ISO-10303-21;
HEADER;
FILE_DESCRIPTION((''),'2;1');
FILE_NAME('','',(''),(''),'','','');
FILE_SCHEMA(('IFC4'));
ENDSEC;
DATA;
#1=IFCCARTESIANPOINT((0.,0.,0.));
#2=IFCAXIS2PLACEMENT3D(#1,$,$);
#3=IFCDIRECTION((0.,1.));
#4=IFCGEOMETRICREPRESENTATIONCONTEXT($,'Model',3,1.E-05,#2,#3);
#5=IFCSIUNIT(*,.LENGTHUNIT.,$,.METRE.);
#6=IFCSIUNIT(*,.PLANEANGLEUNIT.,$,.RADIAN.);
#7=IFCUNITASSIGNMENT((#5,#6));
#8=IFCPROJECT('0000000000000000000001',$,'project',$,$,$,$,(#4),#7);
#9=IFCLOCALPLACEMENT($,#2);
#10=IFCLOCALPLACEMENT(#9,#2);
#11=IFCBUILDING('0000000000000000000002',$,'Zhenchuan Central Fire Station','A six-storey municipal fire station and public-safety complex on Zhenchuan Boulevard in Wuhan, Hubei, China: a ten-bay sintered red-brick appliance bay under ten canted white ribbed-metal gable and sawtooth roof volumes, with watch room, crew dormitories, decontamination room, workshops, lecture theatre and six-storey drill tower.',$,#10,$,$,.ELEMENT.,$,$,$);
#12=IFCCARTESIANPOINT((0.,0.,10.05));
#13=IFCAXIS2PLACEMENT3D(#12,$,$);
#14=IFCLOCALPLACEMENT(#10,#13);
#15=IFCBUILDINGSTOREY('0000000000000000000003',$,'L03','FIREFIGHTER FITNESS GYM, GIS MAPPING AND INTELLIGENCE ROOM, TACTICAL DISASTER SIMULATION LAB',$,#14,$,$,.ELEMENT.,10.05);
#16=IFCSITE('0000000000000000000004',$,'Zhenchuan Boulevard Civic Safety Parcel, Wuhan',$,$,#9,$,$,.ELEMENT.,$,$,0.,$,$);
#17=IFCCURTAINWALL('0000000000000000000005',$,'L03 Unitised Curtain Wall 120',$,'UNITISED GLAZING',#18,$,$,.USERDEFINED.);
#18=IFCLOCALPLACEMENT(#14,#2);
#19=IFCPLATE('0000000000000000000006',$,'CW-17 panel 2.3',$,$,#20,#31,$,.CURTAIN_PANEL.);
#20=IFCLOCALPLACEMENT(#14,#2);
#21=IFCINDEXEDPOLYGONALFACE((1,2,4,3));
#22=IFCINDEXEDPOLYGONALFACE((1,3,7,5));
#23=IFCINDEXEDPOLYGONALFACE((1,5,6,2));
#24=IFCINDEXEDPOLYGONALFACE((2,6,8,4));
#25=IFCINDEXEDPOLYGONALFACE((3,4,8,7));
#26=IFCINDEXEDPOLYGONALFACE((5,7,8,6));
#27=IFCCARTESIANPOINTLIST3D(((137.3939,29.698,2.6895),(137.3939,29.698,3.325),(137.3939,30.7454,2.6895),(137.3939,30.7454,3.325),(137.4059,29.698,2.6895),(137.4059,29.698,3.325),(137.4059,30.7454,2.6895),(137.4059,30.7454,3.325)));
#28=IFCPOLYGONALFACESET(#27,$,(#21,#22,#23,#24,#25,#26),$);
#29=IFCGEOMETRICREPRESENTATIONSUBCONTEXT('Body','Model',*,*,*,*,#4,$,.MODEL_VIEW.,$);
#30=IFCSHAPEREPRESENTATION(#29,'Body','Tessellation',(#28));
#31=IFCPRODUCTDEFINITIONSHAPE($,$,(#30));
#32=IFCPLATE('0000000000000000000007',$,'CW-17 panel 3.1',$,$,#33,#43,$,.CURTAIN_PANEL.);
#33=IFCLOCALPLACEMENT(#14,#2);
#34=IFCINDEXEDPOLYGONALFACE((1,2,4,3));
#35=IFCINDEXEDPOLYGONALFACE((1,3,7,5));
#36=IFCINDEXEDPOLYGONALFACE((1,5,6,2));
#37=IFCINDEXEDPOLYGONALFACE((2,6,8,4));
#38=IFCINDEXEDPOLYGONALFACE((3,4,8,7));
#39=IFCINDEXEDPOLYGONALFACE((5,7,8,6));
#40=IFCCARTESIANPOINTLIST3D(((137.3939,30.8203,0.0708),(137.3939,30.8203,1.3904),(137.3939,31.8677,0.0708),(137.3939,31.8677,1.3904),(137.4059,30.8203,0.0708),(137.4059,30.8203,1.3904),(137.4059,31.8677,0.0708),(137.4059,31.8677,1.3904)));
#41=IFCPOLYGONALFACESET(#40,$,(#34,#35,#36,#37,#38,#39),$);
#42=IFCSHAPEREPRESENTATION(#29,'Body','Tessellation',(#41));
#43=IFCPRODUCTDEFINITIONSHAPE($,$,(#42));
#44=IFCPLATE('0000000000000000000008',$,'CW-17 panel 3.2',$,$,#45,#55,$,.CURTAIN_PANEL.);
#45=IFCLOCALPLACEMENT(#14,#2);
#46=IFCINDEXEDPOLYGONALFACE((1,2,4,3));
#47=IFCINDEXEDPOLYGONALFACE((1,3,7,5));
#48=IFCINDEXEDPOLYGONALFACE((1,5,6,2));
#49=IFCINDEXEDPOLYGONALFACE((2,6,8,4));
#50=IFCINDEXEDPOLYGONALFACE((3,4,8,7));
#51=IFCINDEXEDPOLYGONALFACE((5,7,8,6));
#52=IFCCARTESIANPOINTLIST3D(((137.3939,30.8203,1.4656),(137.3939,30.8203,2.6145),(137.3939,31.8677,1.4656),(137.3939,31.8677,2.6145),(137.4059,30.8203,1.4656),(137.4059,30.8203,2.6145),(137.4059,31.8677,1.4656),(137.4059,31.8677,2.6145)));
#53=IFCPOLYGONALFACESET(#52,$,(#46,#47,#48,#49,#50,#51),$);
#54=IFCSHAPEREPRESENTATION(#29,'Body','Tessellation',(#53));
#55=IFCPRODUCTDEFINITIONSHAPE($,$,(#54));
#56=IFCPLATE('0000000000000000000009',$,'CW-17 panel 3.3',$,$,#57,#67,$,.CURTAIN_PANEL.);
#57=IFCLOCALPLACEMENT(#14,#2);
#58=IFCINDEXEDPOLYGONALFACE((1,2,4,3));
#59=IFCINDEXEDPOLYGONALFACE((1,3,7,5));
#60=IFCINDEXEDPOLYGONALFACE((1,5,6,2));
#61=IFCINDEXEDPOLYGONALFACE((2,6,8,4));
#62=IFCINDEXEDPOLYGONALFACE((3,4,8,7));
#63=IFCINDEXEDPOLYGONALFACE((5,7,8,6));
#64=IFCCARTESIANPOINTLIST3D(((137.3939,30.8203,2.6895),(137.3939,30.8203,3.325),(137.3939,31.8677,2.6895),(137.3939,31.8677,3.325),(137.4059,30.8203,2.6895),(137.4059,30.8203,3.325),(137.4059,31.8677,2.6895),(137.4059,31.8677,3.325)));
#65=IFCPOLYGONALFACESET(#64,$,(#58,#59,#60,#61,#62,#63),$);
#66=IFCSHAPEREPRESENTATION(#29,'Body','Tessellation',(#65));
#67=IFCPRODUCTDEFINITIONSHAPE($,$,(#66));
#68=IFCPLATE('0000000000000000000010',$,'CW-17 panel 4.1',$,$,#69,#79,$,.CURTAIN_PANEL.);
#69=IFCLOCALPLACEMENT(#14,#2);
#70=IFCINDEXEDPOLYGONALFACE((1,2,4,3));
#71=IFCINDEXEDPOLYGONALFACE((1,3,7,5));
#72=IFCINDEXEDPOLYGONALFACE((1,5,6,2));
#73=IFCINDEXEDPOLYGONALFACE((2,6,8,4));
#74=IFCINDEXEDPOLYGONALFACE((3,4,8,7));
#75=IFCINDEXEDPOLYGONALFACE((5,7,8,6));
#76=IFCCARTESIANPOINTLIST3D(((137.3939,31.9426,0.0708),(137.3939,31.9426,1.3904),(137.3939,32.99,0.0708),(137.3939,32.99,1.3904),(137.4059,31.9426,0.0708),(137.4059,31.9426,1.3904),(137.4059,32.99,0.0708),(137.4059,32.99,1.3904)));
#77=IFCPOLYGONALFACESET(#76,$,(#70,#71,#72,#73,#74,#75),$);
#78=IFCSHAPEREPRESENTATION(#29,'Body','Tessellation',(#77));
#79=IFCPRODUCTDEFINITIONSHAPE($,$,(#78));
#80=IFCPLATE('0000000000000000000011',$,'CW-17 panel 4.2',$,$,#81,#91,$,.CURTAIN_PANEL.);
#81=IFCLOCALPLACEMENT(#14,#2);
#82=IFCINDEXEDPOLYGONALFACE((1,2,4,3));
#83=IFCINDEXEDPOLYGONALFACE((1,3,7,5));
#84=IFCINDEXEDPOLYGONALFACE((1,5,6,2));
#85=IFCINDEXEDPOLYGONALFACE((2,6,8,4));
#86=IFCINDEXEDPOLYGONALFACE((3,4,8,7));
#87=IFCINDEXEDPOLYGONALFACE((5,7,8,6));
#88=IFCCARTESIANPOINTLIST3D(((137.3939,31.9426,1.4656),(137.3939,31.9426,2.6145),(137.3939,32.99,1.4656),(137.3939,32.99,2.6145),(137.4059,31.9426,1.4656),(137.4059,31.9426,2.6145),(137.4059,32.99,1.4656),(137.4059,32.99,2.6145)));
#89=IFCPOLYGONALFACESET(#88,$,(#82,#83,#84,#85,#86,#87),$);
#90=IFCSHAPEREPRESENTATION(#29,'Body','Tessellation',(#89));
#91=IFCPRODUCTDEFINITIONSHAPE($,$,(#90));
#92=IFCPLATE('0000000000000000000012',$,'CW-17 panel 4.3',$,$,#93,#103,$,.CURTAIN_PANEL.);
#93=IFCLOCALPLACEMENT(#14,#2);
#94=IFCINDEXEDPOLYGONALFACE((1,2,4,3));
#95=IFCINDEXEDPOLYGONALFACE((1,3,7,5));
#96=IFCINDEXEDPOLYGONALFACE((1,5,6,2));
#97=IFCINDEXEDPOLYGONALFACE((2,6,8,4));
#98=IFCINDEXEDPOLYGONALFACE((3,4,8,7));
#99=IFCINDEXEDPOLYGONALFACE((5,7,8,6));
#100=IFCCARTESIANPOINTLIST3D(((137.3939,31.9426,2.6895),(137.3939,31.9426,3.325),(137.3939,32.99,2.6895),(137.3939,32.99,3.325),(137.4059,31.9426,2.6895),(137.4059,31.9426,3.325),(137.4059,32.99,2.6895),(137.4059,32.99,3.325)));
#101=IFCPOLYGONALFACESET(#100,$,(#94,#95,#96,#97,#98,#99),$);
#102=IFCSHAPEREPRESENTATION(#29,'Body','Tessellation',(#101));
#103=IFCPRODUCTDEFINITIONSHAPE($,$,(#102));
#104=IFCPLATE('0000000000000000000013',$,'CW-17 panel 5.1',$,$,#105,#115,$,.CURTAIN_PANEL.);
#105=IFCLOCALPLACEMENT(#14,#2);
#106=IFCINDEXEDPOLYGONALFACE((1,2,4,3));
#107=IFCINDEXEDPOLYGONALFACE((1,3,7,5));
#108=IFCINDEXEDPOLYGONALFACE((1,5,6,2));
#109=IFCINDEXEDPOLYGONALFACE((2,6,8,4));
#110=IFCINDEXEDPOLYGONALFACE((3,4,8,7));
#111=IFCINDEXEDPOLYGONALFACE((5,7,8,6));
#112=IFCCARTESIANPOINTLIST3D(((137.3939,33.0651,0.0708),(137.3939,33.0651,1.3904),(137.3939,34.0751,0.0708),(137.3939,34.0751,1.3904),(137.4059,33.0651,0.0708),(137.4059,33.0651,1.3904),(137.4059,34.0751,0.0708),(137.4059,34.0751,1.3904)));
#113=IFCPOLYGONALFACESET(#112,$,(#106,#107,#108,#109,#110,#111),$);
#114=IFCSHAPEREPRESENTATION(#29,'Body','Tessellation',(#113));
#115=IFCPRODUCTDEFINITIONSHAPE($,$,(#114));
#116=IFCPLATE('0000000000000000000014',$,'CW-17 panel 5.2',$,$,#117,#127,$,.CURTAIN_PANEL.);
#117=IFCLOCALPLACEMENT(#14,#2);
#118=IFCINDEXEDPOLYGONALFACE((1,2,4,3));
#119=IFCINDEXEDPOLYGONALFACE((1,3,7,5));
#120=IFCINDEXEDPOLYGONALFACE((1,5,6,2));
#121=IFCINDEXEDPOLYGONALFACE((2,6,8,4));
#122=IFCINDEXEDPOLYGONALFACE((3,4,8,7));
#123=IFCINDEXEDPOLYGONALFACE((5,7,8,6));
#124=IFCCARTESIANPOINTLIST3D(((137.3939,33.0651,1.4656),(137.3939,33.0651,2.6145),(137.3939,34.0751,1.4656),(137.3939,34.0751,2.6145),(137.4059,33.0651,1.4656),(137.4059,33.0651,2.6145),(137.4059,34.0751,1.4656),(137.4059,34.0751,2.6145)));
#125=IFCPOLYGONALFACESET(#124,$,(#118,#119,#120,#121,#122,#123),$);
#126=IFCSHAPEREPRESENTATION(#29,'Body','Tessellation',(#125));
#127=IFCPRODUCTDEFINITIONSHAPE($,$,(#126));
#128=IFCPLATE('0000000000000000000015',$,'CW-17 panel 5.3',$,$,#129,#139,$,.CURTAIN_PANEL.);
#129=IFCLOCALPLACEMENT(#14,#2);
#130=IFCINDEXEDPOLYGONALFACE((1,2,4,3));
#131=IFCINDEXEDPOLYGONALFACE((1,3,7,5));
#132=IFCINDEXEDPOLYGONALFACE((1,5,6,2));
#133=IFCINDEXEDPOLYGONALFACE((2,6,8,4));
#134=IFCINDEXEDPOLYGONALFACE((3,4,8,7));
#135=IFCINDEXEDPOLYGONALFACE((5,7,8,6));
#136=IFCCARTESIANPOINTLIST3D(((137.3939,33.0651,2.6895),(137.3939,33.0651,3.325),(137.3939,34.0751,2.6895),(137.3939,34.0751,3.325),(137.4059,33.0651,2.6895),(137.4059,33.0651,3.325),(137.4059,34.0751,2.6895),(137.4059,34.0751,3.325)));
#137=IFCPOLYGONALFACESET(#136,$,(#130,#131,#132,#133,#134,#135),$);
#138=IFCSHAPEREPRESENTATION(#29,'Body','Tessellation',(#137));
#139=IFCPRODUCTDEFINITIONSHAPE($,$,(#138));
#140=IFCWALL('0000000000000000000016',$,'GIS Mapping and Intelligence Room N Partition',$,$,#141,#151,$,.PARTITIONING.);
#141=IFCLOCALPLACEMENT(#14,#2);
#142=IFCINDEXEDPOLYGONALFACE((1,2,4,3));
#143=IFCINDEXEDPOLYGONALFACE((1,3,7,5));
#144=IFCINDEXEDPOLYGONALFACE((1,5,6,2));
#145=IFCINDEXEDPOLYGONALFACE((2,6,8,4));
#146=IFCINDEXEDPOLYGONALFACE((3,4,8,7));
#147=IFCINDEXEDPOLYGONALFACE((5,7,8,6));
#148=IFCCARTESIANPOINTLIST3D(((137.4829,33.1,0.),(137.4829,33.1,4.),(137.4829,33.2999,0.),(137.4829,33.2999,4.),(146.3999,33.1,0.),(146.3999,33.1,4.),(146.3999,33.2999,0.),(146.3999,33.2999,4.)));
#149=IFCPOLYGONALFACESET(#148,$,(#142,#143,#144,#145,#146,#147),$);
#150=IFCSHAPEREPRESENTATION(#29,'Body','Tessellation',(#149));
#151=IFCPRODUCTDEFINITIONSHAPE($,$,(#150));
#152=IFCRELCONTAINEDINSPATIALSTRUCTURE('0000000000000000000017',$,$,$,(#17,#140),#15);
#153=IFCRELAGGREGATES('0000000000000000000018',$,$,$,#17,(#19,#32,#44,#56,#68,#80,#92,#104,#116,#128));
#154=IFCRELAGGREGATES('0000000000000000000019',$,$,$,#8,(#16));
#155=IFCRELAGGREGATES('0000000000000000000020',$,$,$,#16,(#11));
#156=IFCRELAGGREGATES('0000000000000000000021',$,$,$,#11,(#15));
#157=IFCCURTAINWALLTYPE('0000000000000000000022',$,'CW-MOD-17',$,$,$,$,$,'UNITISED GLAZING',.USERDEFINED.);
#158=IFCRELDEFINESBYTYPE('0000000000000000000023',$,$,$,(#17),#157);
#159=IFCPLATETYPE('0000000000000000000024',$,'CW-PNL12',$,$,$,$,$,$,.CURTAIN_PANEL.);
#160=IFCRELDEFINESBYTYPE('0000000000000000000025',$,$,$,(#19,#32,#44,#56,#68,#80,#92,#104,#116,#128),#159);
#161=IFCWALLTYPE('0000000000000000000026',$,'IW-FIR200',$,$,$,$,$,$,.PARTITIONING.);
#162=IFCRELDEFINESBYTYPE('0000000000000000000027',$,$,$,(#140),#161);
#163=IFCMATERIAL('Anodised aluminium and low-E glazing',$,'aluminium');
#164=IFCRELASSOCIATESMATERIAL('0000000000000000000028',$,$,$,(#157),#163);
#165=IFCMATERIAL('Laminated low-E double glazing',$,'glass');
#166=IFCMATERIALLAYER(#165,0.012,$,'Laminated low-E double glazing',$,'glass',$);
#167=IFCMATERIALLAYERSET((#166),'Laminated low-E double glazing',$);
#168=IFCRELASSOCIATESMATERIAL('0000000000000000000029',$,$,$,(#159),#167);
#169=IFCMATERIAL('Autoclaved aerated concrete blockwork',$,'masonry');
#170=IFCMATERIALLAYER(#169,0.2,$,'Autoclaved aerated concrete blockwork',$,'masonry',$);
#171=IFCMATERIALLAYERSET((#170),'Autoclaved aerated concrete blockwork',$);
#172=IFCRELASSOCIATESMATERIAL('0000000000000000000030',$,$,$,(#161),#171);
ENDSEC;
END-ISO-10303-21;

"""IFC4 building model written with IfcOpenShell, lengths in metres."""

from ifc_helpers import new_model, si_unit, direction, frame, frame_2d, origin, origin_2d, place, context, subcontext, project, spatial, rectangle, extrude, material, layer, layer_set, type_object, element, aggregate, save


model = new_model("IFC4")

# Units and contexts
model_context = context("Model", 3, precision=1e-05, world=origin(), true_north=direction((0.0, 1.0)))
body_context = subcontext(model_context, "Body", "Model", "MODEL_VIEW")
ifc_project = project(units=[si_unit("LENGTHUNIT", "METRE"), si_unit("PLANEANGLEUNIT", "RADIAN")], contexts=[model_context])

# Site, building, storey
site_placement = place(None, origin())
site = spatial("IfcSite", under=ifc_project, at=site_placement, Name="Zhenchuan Boulevard Civic Safety Parcel, Wuhan", CompositionType="ELEMENT", RefElevation=0.0)
building_placement = place(site_placement, origin())
building = spatial("IfcBuilding", under=site, at=building_placement, Name="Zhenchuan Central Fire Station", Description="A six-storey municipal fire station and public-safety complex on Zhenchuan Boulevard in Wuhan, Hubei, China: a ten-bay sintered red-brick appliance bay under ten canted white ribbed-metal gable and sawtooth roof volumes, with watch room, crew dormitories, decontamination room, workshops, lecture theatre and six-storey drill tower.", CompositionType="ELEMENT")
storey_placement = place(building_placement, frame((0.0, 0.0, 10.05)))
storey = spatial("IfcBuildingStorey", under=building, at=storey_placement, Name="L03", Description="FIREFIGHTER FITNESS GYM, GIS MAPPING AND INTELLIGENCE ROOM, TACTICAL DISASTER SIMULATION LAB", CompositionType="ELEMENT", Elevation=10.05)

# Curtain wall
ifc_material_1 = material(Name="Anodised aluminium and low-E glazing", Category="aluminium")
curtain_wall_type_1 = type_object("IfcCurtainWallType", Name="CW-MOD-17", ElementType="UNITISED GLAZING", PredefinedType="USERDEFINED", material=ifc_material_1)
curtain_wall_1_placement = place(storey_placement, origin())
curtain_wall_1 = element("IfcCurtainWall", 1, at=curtain_wall_1_placement, inside=storey, type_object=curtain_wall_type_1, Name="L03 Unitised Curtain Wall 120", ObjectType="UNITISED GLAZING", PredefinedType="USERDEFINED")

# Plates
ifc_material_2 = material(Name="Laminated low-E double glazing", Category="glass")
ifc_layer_1 = layer(ifc_material_2, 0.012, Name="Laminated low-E double glazing", Category="glass")
ifc_layer_set_1 = layer_set([ifc_layer_1], Name="Laminated low-E double glazing")
plate_type = type_object("IfcPlateType", Name="CW-PNL12", PredefinedType="CURTAIN_PANEL", material=ifc_layer_set_1)
plate_1_placement = place(storey_placement, frame((137.3999, 30.2217, 2.6895), z_axis=(0.0, 0.0, 1.0), x_axis=(0.0, 1.0, 0.0)))
plate_1 = element("IfcPlate", 2, at=plate_1_placement, type_object=plate_type, Name="CW-17 panel 2.3", PredefinedType="CURTAIN_PANEL", context=body_context, shape_type="SweptSolid", body=[
    extrude(rectangle(XDim=1.0474, YDim=0.012, at=origin_2d()), origin(), (0.0, 0.0, 1.0), 0.6355),
])
plate_2_placement = place(storey_placement, frame((137.3999, 31.344, 0.0708), z_axis=(0.0, 0.0, 1.0), x_axis=(0.0, 1.0, 0.0)))
plate_2 = element("IfcPlate", 3, at=plate_2_placement, type_object=plate_type, Name="CW-17 panel 3.1", PredefinedType="CURTAIN_PANEL", context=body_context, shape_type="SweptSolid", body=[
    extrude(rectangle(XDim=1.0474, YDim=0.012, at=origin_2d()), origin(), (0.0, 0.0, 1.0), 1.3196),
])
plate_3_placement = place(storey_placement, frame((137.3999, 31.344, 1.4656), z_axis=(0.0, 0.0, 1.0), x_axis=(0.0, 1.0, 0.0)))
plate_3 = element("IfcPlate", 4, at=plate_3_placement, type_object=plate_type, Name="CW-17 panel 3.2", PredefinedType="CURTAIN_PANEL", context=body_context, shape_type="SweptSolid", body=[
    extrude(rectangle(XDim=1.0474, YDim=0.012, at=origin_2d()), origin(), (0.0, 0.0, 1.0), 1.1489),
])
plate_4_placement = place(storey_placement, frame((137.3999, 31.344, 2.6895), z_axis=(0.0, 0.0, 1.0), x_axis=(0.0, 1.0, 0.0)))
plate_4 = element("IfcPlate", 5, at=plate_4_placement, type_object=plate_type, Name="CW-17 panel 3.3", PredefinedType="CURTAIN_PANEL", context=body_context, shape_type="SweptSolid", body=[
    extrude(rectangle(XDim=1.0474, YDim=0.012, at=origin_2d()), origin(), (0.0, 0.0, 1.0), 0.6355),
])
plate_5_placement = place(storey_placement, frame((137.3999, 32.4663, 0.0708), z_axis=(0.0, 0.0, 1.0), x_axis=(0.0, 1.0, 0.0)))
plate_5 = element("IfcPlate", 6, at=plate_5_placement, type_object=plate_type, Name="CW-17 panel 4.1", PredefinedType="CURTAIN_PANEL", context=body_context, shape_type="SweptSolid", body=[
    extrude(rectangle(XDim=1.0474, YDim=0.012, at=origin_2d()), origin(), (0.0, 0.0, 1.0), 1.3196),
])
plate_6_placement = place(storey_placement, frame((137.3999, 32.4663, 1.4656), z_axis=(0.0, 0.0, 1.0), x_axis=(0.0, 1.0, 0.0)))
plate_6 = element("IfcPlate", 7, at=plate_6_placement, type_object=plate_type, Name="CW-17 panel 4.2", PredefinedType="CURTAIN_PANEL", context=body_context, shape_type="SweptSolid", body=[
    extrude(rectangle(XDim=1.0474, YDim=0.012, at=origin_2d()), origin(), (0.0, 0.0, 1.0), 1.1489),
])
plate_7_placement = place(storey_placement, frame((137.3999, 32.4663, 2.6895), z_axis=(0.0, 0.0, 1.0), x_axis=(0.0, 1.0, 0.0)))
plate_7 = element("IfcPlate", 8, at=plate_7_placement, type_object=plate_type, Name="CW-17 panel 4.3", PredefinedType="CURTAIN_PANEL", context=body_context, shape_type="SweptSolid", body=[
    extrude(rectangle(XDim=1.0474, YDim=0.012, at=origin_2d()), origin(), (0.0, 0.0, 1.0), 0.6355),
])
plate_8_placement = place(storey_placement, frame((137.3999, 33.5701, 0.0708), z_axis=(0.0, 0.0, 1.0), x_axis=(0.0, 1.0, 0.0)))
plate_8 = element("IfcPlate", 9, at=plate_8_placement, type_object=plate_type, Name="CW-17 panel 5.1", PredefinedType="CURTAIN_PANEL", context=body_context, shape_type="SweptSolid", body=[
    extrude(rectangle(XDim=1.01, YDim=0.012, at=origin_2d()), origin(), (0.0, 0.0, 1.0), 1.3196),
])
plate_9_placement = place(storey_placement, frame((137.3999, 33.5701, 1.4656), z_axis=(0.0, 0.0, 1.0), x_axis=(0.0, 1.0, 0.0)))
plate_9 = element("IfcPlate", 10, at=plate_9_placement, type_object=plate_type, Name="CW-17 panel 5.2", PredefinedType="CURTAIN_PANEL", context=body_context, shape_type="SweptSolid", body=[
    extrude(rectangle(XDim=1.01, YDim=0.012, at=origin_2d()), origin(), (0.0, 0.0, 1.0), 1.1489),
])
plate_10_placement = place(storey_placement, frame((137.3999, 33.5701, 2.6895), z_axis=(0.0, 0.0, 1.0), x_axis=(0.0, 1.0, 0.0)))
plate_10 = element("IfcPlate", 11, at=plate_10_placement, type_object=plate_type, Name="CW-17 panel 5.3", PredefinedType="CURTAIN_PANEL", context=body_context, shape_type="SweptSolid", body=[
    extrude(rectangle(XDim=1.01, YDim=0.012, at=origin_2d()), origin(), (0.0, 0.0, 1.0), 0.6355),
])
aggregate(curtain_wall_1, [plate_1, plate_2, plate_3, plate_4, plate_5, plate_6, plate_7, plate_8, plate_9, plate_10])

# Wall
ifc_material_3 = material(Name="Autoclaved aerated concrete blockwork", Category="masonry")
ifc_layer_2 = layer(ifc_material_3, 0.2, Name="Autoclaved aerated concrete blockwork", Category="masonry")
ifc_layer_set_2 = layer_set([ifc_layer_2], Name="Autoclaved aerated concrete blockwork")
wall_type = type_object("IfcWallType", Name="IW-FIR200", PredefinedType="PARTITIONING", material=ifc_layer_set_2)
wall_placement = place(storey_placement, frame((137.4829, 33.2, 0.0), z_axis=(0.0, 0.0, 1.0), x_axis=(1.0, 0.0, 0.0)))
element("IfcWall", 12, at=wall_placement, inside=storey, type_object=wall_type, Name="GIS Mapping and Intelligence Room N Partition", PredefinedType="PARTITIONING", context=body_context, shape_type="SweptSolid", body=[
    extrude(rectangle(XDim=8.917, YDim=0.2, at=frame_2d((4.4585, 0.0))), origin(), (0.0, 0.0, 1.0), 4.0),
])

save(model, "model.ifc")
